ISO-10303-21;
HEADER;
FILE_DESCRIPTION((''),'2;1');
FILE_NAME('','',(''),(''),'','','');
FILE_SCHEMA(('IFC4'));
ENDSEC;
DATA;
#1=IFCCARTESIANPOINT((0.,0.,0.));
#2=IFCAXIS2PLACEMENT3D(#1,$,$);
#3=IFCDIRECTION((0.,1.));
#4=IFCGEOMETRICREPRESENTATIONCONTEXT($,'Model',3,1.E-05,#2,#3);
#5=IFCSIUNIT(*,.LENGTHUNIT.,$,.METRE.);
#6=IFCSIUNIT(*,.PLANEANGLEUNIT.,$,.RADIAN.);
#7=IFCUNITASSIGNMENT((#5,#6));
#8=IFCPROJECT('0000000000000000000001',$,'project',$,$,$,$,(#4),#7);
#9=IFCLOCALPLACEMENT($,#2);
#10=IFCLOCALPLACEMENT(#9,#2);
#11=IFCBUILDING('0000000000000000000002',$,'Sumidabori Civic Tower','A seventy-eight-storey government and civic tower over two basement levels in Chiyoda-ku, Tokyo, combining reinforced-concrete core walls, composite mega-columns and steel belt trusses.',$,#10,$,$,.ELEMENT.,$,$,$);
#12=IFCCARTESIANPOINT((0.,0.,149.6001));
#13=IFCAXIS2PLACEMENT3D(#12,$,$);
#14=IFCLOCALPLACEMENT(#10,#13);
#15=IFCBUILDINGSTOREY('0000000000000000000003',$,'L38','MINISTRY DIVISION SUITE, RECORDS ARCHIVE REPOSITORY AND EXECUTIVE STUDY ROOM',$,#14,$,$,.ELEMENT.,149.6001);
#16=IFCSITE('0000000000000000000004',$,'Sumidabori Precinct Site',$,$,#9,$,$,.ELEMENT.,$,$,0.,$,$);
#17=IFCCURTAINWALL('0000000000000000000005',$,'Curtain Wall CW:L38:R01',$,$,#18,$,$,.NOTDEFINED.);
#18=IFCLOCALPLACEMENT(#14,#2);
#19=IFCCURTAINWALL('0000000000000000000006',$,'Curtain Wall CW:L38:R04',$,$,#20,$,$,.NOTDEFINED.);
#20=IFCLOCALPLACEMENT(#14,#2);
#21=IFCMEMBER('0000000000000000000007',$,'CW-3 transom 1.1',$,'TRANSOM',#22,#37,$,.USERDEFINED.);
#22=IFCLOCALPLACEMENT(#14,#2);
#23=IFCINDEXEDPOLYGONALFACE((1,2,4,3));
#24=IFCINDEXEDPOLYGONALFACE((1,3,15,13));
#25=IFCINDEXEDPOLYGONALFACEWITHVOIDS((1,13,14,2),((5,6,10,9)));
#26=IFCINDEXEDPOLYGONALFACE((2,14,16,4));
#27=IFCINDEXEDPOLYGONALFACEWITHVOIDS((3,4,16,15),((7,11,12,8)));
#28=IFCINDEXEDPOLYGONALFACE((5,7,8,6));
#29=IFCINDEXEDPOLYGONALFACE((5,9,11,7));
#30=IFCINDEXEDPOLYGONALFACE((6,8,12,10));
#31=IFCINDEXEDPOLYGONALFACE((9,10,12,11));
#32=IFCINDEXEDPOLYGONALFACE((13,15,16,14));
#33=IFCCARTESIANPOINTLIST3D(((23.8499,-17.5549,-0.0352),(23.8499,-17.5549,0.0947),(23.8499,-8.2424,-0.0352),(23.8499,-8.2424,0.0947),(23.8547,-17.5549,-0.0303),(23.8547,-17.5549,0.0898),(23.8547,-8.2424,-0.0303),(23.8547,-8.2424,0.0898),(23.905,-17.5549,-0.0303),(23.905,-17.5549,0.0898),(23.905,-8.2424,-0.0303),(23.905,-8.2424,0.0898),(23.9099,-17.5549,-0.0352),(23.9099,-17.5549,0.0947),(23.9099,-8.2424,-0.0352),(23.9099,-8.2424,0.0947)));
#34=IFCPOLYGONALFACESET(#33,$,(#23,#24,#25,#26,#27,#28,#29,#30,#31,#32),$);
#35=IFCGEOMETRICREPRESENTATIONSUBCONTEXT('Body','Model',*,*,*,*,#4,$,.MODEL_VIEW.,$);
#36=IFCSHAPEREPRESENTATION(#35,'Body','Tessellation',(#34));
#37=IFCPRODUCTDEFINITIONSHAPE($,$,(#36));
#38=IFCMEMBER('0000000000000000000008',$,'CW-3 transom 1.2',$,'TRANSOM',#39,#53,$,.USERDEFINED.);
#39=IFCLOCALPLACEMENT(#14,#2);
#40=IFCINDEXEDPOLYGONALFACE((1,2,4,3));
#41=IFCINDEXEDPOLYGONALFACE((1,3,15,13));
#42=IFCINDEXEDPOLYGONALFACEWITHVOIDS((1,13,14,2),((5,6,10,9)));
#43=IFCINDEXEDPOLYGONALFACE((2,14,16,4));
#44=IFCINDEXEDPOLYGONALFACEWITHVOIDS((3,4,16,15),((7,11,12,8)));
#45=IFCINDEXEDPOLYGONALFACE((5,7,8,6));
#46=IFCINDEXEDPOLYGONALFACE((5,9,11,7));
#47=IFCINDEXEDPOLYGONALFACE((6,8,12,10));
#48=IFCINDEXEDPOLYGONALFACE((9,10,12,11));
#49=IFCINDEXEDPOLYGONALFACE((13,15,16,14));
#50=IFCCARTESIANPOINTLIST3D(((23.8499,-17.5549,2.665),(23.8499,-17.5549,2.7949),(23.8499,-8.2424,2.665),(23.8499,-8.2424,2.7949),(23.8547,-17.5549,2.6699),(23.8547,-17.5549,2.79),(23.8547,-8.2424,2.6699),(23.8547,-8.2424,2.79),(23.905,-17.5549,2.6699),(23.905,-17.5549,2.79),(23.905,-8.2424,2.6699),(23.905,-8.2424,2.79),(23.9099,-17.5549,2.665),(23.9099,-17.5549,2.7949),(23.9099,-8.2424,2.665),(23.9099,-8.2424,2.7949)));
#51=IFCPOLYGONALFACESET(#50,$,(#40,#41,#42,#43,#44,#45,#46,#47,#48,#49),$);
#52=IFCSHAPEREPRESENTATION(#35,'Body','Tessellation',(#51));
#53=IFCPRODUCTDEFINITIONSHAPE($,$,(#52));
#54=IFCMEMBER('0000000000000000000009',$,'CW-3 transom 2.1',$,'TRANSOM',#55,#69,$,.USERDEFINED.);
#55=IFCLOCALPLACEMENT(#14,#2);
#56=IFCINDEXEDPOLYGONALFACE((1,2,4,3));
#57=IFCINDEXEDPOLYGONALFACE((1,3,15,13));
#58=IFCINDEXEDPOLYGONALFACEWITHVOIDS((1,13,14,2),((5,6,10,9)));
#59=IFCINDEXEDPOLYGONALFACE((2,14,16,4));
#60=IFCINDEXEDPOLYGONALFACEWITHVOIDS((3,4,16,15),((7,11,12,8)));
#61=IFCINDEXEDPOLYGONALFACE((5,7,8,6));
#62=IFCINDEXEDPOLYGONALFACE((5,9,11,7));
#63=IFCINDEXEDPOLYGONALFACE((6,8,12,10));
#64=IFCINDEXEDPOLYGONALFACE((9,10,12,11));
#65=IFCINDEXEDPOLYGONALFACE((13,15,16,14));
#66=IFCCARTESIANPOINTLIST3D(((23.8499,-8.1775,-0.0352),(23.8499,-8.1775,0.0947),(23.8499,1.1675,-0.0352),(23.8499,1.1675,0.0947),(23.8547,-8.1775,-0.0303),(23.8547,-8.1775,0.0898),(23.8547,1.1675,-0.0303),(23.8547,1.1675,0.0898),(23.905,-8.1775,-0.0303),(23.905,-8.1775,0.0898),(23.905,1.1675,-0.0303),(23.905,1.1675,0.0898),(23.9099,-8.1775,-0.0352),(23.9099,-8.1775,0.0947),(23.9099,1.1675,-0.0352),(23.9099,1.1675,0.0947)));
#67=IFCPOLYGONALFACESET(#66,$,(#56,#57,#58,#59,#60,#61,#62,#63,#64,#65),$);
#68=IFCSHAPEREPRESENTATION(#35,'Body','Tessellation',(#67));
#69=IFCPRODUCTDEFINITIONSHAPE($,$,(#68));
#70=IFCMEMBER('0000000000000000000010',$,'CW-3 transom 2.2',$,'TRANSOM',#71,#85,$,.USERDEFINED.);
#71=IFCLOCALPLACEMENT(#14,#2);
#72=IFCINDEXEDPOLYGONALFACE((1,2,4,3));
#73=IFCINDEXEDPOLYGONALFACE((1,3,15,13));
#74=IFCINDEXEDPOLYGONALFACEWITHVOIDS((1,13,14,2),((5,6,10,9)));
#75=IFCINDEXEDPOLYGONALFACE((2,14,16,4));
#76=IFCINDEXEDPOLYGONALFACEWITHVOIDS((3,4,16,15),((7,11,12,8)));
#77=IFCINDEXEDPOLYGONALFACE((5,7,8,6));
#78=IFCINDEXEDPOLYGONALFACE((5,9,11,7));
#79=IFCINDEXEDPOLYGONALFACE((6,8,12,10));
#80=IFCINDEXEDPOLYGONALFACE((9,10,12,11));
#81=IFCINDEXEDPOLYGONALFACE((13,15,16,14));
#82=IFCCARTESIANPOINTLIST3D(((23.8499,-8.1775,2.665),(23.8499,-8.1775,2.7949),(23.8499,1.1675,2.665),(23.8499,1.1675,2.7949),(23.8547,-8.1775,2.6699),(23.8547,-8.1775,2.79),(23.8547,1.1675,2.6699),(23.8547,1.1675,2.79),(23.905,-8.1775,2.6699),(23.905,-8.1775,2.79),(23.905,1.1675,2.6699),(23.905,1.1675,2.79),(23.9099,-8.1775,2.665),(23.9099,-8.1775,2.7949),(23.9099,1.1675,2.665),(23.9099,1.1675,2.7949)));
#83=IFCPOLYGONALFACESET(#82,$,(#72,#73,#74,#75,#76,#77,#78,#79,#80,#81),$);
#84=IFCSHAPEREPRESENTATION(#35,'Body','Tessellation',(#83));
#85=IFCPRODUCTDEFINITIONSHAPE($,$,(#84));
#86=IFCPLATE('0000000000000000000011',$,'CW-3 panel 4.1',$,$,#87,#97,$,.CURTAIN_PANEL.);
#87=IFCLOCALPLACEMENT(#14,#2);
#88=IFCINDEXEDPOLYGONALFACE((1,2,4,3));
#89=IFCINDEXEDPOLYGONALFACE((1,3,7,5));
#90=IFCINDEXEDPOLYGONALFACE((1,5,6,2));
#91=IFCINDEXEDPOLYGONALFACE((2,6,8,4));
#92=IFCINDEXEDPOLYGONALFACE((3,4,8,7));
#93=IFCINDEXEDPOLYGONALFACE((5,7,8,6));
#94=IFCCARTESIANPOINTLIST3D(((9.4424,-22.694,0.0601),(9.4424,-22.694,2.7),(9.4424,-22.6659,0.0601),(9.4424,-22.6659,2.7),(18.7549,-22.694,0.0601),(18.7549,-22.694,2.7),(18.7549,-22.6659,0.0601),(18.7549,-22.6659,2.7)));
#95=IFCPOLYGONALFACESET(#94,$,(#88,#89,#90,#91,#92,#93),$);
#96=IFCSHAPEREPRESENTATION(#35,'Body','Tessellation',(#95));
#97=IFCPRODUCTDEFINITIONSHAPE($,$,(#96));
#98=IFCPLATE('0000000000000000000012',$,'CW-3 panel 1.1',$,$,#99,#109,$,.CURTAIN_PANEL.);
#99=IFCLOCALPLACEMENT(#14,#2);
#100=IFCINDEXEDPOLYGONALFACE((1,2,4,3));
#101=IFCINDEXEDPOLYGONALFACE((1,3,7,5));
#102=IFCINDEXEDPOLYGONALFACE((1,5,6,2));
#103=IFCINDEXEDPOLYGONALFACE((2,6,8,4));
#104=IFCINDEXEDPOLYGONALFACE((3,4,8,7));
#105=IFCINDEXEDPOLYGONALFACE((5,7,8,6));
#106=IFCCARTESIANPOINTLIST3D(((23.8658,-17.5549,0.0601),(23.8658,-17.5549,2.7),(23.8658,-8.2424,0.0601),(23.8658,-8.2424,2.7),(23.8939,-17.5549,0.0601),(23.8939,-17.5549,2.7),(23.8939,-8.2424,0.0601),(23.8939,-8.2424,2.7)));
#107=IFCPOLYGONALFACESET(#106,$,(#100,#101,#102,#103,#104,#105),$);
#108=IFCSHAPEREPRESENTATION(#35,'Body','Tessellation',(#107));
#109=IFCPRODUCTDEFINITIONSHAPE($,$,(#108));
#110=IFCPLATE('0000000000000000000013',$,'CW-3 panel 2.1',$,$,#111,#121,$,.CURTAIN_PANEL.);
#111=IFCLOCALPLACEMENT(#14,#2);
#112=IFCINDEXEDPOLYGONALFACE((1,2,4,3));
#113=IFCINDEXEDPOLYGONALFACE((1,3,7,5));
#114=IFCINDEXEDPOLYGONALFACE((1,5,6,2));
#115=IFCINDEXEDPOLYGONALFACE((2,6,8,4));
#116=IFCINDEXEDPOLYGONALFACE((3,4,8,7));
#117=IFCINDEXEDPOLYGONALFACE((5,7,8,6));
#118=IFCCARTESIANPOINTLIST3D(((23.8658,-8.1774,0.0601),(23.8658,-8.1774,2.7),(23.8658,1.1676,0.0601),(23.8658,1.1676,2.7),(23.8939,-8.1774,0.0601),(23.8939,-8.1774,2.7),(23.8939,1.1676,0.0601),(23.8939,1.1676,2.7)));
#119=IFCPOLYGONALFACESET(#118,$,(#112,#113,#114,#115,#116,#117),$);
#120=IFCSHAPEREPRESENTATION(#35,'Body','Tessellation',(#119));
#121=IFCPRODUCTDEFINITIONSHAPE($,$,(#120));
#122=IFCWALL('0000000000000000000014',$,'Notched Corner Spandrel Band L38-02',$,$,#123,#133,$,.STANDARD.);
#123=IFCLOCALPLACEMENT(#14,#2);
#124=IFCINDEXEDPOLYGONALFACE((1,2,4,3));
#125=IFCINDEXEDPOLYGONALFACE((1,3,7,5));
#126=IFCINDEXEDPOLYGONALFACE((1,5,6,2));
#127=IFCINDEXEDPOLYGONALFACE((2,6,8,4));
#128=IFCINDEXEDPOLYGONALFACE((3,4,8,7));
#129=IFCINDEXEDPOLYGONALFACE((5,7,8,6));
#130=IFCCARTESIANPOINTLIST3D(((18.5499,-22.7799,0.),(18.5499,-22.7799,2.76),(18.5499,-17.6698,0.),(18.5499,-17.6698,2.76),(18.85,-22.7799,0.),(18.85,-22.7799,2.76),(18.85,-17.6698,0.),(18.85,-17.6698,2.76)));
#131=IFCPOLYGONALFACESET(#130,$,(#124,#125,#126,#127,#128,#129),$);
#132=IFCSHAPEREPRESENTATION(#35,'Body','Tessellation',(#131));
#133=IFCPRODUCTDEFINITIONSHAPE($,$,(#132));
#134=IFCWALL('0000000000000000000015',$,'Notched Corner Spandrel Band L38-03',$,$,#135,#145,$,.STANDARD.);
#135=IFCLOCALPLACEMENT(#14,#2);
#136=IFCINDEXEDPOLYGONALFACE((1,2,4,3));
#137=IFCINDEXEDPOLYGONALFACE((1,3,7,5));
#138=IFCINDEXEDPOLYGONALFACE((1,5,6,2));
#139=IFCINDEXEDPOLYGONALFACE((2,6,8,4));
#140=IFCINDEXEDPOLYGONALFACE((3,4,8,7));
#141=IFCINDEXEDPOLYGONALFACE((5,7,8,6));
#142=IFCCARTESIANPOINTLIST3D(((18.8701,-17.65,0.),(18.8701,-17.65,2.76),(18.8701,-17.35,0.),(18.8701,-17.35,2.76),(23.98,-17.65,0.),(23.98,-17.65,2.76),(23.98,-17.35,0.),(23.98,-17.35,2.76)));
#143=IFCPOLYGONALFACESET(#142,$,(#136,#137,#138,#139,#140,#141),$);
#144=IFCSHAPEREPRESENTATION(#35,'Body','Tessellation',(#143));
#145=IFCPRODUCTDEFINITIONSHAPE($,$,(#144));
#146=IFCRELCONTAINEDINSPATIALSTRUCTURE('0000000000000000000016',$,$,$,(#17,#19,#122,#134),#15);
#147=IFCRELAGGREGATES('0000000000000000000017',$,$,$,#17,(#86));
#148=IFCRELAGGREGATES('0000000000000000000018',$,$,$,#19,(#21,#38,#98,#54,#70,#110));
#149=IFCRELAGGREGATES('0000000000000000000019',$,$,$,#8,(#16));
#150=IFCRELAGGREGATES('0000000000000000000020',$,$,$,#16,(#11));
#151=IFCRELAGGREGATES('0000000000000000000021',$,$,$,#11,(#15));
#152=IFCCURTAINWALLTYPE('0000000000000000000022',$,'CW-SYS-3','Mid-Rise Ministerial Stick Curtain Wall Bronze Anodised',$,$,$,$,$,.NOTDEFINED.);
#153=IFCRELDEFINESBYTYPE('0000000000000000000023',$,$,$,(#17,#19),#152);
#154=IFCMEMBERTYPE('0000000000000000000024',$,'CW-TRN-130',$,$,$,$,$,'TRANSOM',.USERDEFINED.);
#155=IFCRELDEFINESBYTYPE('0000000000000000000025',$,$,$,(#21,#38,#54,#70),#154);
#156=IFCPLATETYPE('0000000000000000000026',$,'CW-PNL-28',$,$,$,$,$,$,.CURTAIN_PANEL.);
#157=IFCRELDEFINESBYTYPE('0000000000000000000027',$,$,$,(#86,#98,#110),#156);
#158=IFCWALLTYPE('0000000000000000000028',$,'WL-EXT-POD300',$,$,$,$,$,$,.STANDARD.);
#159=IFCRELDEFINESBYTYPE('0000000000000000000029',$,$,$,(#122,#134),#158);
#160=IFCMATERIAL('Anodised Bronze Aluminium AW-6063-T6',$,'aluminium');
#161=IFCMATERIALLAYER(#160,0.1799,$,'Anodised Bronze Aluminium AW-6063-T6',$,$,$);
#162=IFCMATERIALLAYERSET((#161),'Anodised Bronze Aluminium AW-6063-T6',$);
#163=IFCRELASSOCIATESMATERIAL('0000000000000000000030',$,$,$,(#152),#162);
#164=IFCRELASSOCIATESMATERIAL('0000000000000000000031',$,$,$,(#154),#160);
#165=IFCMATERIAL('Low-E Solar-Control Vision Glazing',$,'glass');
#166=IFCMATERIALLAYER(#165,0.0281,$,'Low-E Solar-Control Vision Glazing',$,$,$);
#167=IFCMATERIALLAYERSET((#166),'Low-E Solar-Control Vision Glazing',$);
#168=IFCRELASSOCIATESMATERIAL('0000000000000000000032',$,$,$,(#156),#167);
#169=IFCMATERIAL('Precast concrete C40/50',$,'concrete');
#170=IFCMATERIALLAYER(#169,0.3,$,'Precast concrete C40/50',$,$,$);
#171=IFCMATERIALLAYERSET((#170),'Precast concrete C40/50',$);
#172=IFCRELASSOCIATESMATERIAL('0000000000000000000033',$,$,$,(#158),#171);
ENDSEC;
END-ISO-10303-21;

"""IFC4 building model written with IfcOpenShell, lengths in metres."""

from ifc_helpers import new_model, si_unit, direction, frame, frame_2d, origin, origin_2d, place, context, subcontext, project, spatial, rectangle, hollow_rectangle, extrude, source, transform, mapped, material, layer, layer_set, material_profile, profile_set, type_object, element, aggregate, save


model = new_model("IFC4")

# Units and contexts
model_context = context("Model", 3, precision=1e-05, world=origin(), true_north=direction((0.0, 1.0)))
body_context = subcontext(model_context, "Body", "Model", "MODEL_VIEW")
ifc_project = project(units=[si_unit("LENGTHUNIT", "METRE"), si_unit("PLANEANGLEUNIT", "RADIAN")], contexts=[model_context])

# Site, building, storey
site_placement = place(None, origin())
site = spatial("IfcSite", under=ifc_project, at=site_placement, Name="Sumidabori Precinct Site", CompositionType="ELEMENT", RefElevation=0.0)
building_placement = place(site_placement, origin())
building = spatial("IfcBuilding", under=site, at=building_placement, Name="Sumidabori Civic Tower", Description="A seventy-eight-storey government and civic tower over two basement levels in Chiyoda-ku, Tokyo, combining reinforced-concrete core walls, composite mega-columns and steel belt trusses.", CompositionType="ELEMENT")
storey_placement = place(building_placement, frame((0.0, 0.0, 149.6001)))
storey = spatial("IfcBuildingStorey", under=building, at=storey_placement, Name="L38", Description="MINISTRY DIVISION SUITE, RECORDS ARCHIVE REPOSITORY AND EXECUTIVE STUDY ROOM", CompositionType="ELEMENT", Elevation=149.6001)

# Curtain walls
ifc_material_1 = material(Name="Anodised Bronze Aluminium AW-6063-T6", Category="aluminium")
ifc_layer_1 = layer(ifc_material_1, 0.1799, Name="Anodised Bronze Aluminium AW-6063-T6")
ifc_layer_set_1 = layer_set([ifc_layer_1], Name="Anodised Bronze Aluminium AW-6063-T6")
curtain_wall_type = type_object("IfcCurtainWallType", Name="CW-SYS-3", Description="Mid-Rise Ministerial Stick Curtain Wall Bronze Anodised", PredefinedType="NOTDEFINED", material=ifc_layer_set_1)
curtain_wall_1_placement = place(storey_placement, origin())
curtain_wall_1 = element("IfcCurtainWall", 1, at=curtain_wall_1_placement, inside=storey, type_object=curtain_wall_type, Name="Curtain Wall CW:L38:R01", PredefinedType="NOTDEFINED")
curtain_wall_2_placement = place(storey_placement, origin())
curtain_wall_2 = element("IfcCurtainWall", 2, at=curtain_wall_2_placement, inside=storey, type_object=curtain_wall_type, Name="Curtain Wall CW:L38:R04", PredefinedType="NOTDEFINED")

# Members
ifc_material_profile_1 = material_profile(ifc_material_1, hollow_rectangle(XDim=0.0601, YDim=0.1299, WallThickness=0.0049, at=origin_2d()), Name="ALU TRANSOM 130x60")
ifc_profile_set_1 = profile_set([ifc_material_profile_1], Name="Anodised Bronze Aluminium AW-6063-T6")
member_type_1 = type_object("IfcMemberType", Name="CW-TRN-130", ElementType="TRANSOM", PredefinedType="USERDEFINED", material=ifc_profile_set_1)
shared_shape_1 = source(origin(), body_context, "Body", "SweptSolid", [
    extrude(hollow_rectangle(XDim=0.0601, YDim=0.1299, WallThickness=0.0049, at=origin_2d()), origin(), (0.0, 0.0, 1.0), 9.3125),
])
member_1_placement = place(storey_placement, frame((23.8799, -17.5549, 0.0298), z_axis=(0.0, 1.0, 0.0), x_axis=(-1.0, 0.0, 0.0)))
member_1 = element("IfcMember", 3, at=member_1_placement, type_object=member_type_1, Name="CW-3 transom 1.1", ObjectType="TRANSOM", PredefinedType="USERDEFINED", context=body_context, shape_type="MappedRepresentation", body=[
    mapped(shared_shape_1, transform((0.0, 0.0, 0.0), x_axis=(1.0, 0.0, 0.0), y_axis=(0.0, 1.0, 0.0), z_axis=(0.0, 0.0, 1.0), scale=1.0)),
])
member_2_placement = place(storey_placement, frame((23.8799, -17.5549, 2.73), z_axis=(0.0, 1.0, 0.0), x_axis=(-1.0, 0.0, 0.0)))
member_2 = element("IfcMember", 4, at=member_2_placement, type_object=member_type_1, Name="CW-3 transom 1.2", ObjectType="TRANSOM", PredefinedType="USERDEFINED", context=body_context, shape_type="MappedRepresentation", body=[
    mapped(shared_shape_1, transform((0.0, 0.0, 0.0), x_axis=(1.0, 0.0, 0.0), y_axis=(0.0, 1.0, 0.0), z_axis=(0.0, 0.0, 1.0), scale=1.0)),
])
shared_shape_2 = source(origin(), body_context, "Body", "SweptSolid", [
    extrude(hollow_rectangle(XDim=0.0601, YDim=0.1299, WallThickness=0.0049, at=origin_2d()), origin(), (0.0, 0.0, 1.0), 9.345),
])
member_3_placement = place(storey_placement, frame((23.8799, -8.1775, 0.0298), z_axis=(0.0, 1.0, 0.0), x_axis=(-1.0, 0.0, 0.0)))
member_3 = element("IfcMember", 5, at=member_3_placement, type_object=member_type_1, Name="CW-3 transom 2.1", ObjectType="TRANSOM", PredefinedType="USERDEFINED", context=body_context, shape_type="MappedRepresentation", body=[
    mapped(shared_shape_2, transform((0.0, 0.0, 0.0), x_axis=(1.0, 0.0, 0.0), y_axis=(0.0, 1.0, 0.0), z_axis=(0.0, 0.0, 1.0), scale=1.0)),
])
member_4_placement = place(storey_placement, frame((23.8799, -8.1775, 2.73), z_axis=(0.0, 1.0, 0.0), x_axis=(-1.0, 0.0, 0.0)))
member_4 = element("IfcMember", 6, at=member_4_placement, type_object=member_type_1, Name="CW-3 transom 2.2", ObjectType="TRANSOM", PredefinedType="USERDEFINED", context=body_context, shape_type="MappedRepresentation", body=[
    mapped(shared_shape_2, transform((0.0, 0.0, 0.0), x_axis=(1.0, 0.0, 0.0), y_axis=(0.0, 1.0, 0.0), z_axis=(0.0, 0.0, 1.0), scale=1.0)),
])

# Plates
ifc_material_2 = material(Name="Low-E Solar-Control Vision Glazing", Category="glass")
ifc_layer_2 = layer(ifc_material_2, 0.0281, Name="Low-E Solar-Control Vision Glazing")
ifc_layer_set_2 = layer_set([ifc_layer_2], Name="Low-E Solar-Control Vision Glazing")
plate_type = type_object("IfcPlateType", Name="CW-PNL-28", PredefinedType="CURTAIN_PANEL", material=ifc_layer_set_2)
shared_shape_3 = source(origin(), body_context, "Body", "SweptSolid", [
    extrude(rectangle(XDim=9.3125, YDim=0.0281, at=origin_2d()), origin(), (0.0, 0.0, 1.0), 2.6399),
])
plate_1_placement = place(storey_placement, frame((14.0986, -22.6799, 0.0601), z_axis=(0.0, 0.0, 1.0), x_axis=(1.0, 0.0, 0.0)))
plate_1 = element("IfcPlate", 7, at=plate_1_placement, type_object=plate_type, Name="CW-3 panel 4.1", PredefinedType="CURTAIN_PANEL", context=body_context, shape_type="MappedRepresentation", body=[
    mapped(shared_shape_3, transform((0.0, 0.0, 0.0), x_axis=(1.0, 0.0, 0.0), y_axis=(0.0, 1.0, 0.0), z_axis=(0.0, 0.0, 1.0), scale=1.0)),
])
aggregate(curtain_wall_1, [plate_1])
plate_2_placement = place(storey_placement, frame((23.8799, -12.8987, 0.0601), z_axis=(0.0, 0.0, 1.0), x_axis=(0.0, 1.0, 0.0)))
plate_2 = element("IfcPlate", 8, at=plate_2_placement, type_object=plate_type, Name="CW-3 panel 1.1", PredefinedType="CURTAIN_PANEL", context=body_context, shape_type="MappedRepresentation", body=[
    mapped(shared_shape_3, transform((0.0, 0.0, 0.0), x_axis=(1.0, 0.0, 0.0), y_axis=(0.0, 1.0, 0.0), z_axis=(0.0, 0.0, 1.0), scale=1.0)),
])
shared_shape_4 = source(origin(), body_context, "Body", "SweptSolid", [
    extrude(rectangle(XDim=9.345, YDim=0.0281, at=origin_2d()), origin(), (0.0, 0.0, 1.0), 2.6399),
])
plate_3_placement = place(storey_placement, frame((23.8799, -3.5049, 0.0601), z_axis=(0.0, 0.0, 1.0), x_axis=(0.0, 1.0, 0.0)))
plate_3 = element("IfcPlate", 9, at=plate_3_placement, type_object=plate_type, Name="CW-3 panel 2.1", PredefinedType="CURTAIN_PANEL", context=body_context, shape_type="MappedRepresentation", body=[
    mapped(shared_shape_4, transform((0.0, 0.0, 0.0), x_axis=(1.0, 0.0, 0.0), y_axis=(0.0, 1.0, 0.0), z_axis=(0.0, 0.0, 1.0), scale=1.0)),
])
aggregate(curtain_wall_2, [member_1, member_2, plate_2, member_3, member_4, plate_3])

# Walls
ifc_material_3 = material(Name="Precast concrete C40/50", Category="concrete")
ifc_layer_3 = layer(ifc_material_3, 0.3, Name="Precast concrete C40/50")
ifc_layer_set_3 = layer_set([ifc_layer_3], Name="Precast concrete C40/50")
wall_type_1 = type_object("IfcWallType", Name="WL-EXT-POD300", PredefinedType="STANDARD", material=ifc_layer_set_3)
shared_shape_5 = source(origin(), body_context, "Body", "SweptSolid", [
    extrude(rectangle(XDim=5.1101, YDim=0.3, at=frame_2d((2.5552, 0.0))), origin(), (0.0, 0.0, 1.0), 2.76),
])
wall_1_placement = place(storey_placement, frame((18.7, -22.78, 0.0), z_axis=(0.0, 0.0, 1.0), x_axis=(0.0, 1.0, 0.0)))
element("IfcWall", 10, at=wall_1_placement, inside=storey, type_object=wall_type_1, Name="Notched Corner Spandrel Band L38-02", PredefinedType="STANDARD", context=body_context, shape_type="MappedRepresentation", body=[
    mapped(shared_shape_5, transform((0.0, 0.0, 0.0), x_axis=(1.0, 0.0, 0.0), y_axis=(0.0, 1.0, 0.0), z_axis=(0.0, 0.0, 1.0), scale=1.0)),
])
shared_shape_6 = source(origin(), body_context, "Body", "SweptSolid", [
    extrude(rectangle(XDim=5.1099, YDim=0.3, at=frame_2d((2.5549, 0.0))), origin(), (0.0, 0.0, 1.0), 2.76),
])
wall_2_placement = place(storey_placement, frame((18.8701, -17.5, 0.0), z_axis=(0.0, 0.0, 1.0), x_axis=(1.0, 0.0, 0.0)))
element("IfcWall", 11, at=wall_2_placement, inside=storey, type_object=wall_type_1, Name="Notched Corner Spandrel Band L38-03", PredefinedType="STANDARD", context=body_context, shape_type="MappedRepresentation", body=[
    mapped(shared_shape_6, transform((0.0, 0.0, 0.0), x_axis=(1.0, 0.0, 0.0), y_axis=(0.0, 1.0, 0.0), z_axis=(0.0, 0.0, 1.0), scale=1.0)),
])

save(model, "model.ifc")
